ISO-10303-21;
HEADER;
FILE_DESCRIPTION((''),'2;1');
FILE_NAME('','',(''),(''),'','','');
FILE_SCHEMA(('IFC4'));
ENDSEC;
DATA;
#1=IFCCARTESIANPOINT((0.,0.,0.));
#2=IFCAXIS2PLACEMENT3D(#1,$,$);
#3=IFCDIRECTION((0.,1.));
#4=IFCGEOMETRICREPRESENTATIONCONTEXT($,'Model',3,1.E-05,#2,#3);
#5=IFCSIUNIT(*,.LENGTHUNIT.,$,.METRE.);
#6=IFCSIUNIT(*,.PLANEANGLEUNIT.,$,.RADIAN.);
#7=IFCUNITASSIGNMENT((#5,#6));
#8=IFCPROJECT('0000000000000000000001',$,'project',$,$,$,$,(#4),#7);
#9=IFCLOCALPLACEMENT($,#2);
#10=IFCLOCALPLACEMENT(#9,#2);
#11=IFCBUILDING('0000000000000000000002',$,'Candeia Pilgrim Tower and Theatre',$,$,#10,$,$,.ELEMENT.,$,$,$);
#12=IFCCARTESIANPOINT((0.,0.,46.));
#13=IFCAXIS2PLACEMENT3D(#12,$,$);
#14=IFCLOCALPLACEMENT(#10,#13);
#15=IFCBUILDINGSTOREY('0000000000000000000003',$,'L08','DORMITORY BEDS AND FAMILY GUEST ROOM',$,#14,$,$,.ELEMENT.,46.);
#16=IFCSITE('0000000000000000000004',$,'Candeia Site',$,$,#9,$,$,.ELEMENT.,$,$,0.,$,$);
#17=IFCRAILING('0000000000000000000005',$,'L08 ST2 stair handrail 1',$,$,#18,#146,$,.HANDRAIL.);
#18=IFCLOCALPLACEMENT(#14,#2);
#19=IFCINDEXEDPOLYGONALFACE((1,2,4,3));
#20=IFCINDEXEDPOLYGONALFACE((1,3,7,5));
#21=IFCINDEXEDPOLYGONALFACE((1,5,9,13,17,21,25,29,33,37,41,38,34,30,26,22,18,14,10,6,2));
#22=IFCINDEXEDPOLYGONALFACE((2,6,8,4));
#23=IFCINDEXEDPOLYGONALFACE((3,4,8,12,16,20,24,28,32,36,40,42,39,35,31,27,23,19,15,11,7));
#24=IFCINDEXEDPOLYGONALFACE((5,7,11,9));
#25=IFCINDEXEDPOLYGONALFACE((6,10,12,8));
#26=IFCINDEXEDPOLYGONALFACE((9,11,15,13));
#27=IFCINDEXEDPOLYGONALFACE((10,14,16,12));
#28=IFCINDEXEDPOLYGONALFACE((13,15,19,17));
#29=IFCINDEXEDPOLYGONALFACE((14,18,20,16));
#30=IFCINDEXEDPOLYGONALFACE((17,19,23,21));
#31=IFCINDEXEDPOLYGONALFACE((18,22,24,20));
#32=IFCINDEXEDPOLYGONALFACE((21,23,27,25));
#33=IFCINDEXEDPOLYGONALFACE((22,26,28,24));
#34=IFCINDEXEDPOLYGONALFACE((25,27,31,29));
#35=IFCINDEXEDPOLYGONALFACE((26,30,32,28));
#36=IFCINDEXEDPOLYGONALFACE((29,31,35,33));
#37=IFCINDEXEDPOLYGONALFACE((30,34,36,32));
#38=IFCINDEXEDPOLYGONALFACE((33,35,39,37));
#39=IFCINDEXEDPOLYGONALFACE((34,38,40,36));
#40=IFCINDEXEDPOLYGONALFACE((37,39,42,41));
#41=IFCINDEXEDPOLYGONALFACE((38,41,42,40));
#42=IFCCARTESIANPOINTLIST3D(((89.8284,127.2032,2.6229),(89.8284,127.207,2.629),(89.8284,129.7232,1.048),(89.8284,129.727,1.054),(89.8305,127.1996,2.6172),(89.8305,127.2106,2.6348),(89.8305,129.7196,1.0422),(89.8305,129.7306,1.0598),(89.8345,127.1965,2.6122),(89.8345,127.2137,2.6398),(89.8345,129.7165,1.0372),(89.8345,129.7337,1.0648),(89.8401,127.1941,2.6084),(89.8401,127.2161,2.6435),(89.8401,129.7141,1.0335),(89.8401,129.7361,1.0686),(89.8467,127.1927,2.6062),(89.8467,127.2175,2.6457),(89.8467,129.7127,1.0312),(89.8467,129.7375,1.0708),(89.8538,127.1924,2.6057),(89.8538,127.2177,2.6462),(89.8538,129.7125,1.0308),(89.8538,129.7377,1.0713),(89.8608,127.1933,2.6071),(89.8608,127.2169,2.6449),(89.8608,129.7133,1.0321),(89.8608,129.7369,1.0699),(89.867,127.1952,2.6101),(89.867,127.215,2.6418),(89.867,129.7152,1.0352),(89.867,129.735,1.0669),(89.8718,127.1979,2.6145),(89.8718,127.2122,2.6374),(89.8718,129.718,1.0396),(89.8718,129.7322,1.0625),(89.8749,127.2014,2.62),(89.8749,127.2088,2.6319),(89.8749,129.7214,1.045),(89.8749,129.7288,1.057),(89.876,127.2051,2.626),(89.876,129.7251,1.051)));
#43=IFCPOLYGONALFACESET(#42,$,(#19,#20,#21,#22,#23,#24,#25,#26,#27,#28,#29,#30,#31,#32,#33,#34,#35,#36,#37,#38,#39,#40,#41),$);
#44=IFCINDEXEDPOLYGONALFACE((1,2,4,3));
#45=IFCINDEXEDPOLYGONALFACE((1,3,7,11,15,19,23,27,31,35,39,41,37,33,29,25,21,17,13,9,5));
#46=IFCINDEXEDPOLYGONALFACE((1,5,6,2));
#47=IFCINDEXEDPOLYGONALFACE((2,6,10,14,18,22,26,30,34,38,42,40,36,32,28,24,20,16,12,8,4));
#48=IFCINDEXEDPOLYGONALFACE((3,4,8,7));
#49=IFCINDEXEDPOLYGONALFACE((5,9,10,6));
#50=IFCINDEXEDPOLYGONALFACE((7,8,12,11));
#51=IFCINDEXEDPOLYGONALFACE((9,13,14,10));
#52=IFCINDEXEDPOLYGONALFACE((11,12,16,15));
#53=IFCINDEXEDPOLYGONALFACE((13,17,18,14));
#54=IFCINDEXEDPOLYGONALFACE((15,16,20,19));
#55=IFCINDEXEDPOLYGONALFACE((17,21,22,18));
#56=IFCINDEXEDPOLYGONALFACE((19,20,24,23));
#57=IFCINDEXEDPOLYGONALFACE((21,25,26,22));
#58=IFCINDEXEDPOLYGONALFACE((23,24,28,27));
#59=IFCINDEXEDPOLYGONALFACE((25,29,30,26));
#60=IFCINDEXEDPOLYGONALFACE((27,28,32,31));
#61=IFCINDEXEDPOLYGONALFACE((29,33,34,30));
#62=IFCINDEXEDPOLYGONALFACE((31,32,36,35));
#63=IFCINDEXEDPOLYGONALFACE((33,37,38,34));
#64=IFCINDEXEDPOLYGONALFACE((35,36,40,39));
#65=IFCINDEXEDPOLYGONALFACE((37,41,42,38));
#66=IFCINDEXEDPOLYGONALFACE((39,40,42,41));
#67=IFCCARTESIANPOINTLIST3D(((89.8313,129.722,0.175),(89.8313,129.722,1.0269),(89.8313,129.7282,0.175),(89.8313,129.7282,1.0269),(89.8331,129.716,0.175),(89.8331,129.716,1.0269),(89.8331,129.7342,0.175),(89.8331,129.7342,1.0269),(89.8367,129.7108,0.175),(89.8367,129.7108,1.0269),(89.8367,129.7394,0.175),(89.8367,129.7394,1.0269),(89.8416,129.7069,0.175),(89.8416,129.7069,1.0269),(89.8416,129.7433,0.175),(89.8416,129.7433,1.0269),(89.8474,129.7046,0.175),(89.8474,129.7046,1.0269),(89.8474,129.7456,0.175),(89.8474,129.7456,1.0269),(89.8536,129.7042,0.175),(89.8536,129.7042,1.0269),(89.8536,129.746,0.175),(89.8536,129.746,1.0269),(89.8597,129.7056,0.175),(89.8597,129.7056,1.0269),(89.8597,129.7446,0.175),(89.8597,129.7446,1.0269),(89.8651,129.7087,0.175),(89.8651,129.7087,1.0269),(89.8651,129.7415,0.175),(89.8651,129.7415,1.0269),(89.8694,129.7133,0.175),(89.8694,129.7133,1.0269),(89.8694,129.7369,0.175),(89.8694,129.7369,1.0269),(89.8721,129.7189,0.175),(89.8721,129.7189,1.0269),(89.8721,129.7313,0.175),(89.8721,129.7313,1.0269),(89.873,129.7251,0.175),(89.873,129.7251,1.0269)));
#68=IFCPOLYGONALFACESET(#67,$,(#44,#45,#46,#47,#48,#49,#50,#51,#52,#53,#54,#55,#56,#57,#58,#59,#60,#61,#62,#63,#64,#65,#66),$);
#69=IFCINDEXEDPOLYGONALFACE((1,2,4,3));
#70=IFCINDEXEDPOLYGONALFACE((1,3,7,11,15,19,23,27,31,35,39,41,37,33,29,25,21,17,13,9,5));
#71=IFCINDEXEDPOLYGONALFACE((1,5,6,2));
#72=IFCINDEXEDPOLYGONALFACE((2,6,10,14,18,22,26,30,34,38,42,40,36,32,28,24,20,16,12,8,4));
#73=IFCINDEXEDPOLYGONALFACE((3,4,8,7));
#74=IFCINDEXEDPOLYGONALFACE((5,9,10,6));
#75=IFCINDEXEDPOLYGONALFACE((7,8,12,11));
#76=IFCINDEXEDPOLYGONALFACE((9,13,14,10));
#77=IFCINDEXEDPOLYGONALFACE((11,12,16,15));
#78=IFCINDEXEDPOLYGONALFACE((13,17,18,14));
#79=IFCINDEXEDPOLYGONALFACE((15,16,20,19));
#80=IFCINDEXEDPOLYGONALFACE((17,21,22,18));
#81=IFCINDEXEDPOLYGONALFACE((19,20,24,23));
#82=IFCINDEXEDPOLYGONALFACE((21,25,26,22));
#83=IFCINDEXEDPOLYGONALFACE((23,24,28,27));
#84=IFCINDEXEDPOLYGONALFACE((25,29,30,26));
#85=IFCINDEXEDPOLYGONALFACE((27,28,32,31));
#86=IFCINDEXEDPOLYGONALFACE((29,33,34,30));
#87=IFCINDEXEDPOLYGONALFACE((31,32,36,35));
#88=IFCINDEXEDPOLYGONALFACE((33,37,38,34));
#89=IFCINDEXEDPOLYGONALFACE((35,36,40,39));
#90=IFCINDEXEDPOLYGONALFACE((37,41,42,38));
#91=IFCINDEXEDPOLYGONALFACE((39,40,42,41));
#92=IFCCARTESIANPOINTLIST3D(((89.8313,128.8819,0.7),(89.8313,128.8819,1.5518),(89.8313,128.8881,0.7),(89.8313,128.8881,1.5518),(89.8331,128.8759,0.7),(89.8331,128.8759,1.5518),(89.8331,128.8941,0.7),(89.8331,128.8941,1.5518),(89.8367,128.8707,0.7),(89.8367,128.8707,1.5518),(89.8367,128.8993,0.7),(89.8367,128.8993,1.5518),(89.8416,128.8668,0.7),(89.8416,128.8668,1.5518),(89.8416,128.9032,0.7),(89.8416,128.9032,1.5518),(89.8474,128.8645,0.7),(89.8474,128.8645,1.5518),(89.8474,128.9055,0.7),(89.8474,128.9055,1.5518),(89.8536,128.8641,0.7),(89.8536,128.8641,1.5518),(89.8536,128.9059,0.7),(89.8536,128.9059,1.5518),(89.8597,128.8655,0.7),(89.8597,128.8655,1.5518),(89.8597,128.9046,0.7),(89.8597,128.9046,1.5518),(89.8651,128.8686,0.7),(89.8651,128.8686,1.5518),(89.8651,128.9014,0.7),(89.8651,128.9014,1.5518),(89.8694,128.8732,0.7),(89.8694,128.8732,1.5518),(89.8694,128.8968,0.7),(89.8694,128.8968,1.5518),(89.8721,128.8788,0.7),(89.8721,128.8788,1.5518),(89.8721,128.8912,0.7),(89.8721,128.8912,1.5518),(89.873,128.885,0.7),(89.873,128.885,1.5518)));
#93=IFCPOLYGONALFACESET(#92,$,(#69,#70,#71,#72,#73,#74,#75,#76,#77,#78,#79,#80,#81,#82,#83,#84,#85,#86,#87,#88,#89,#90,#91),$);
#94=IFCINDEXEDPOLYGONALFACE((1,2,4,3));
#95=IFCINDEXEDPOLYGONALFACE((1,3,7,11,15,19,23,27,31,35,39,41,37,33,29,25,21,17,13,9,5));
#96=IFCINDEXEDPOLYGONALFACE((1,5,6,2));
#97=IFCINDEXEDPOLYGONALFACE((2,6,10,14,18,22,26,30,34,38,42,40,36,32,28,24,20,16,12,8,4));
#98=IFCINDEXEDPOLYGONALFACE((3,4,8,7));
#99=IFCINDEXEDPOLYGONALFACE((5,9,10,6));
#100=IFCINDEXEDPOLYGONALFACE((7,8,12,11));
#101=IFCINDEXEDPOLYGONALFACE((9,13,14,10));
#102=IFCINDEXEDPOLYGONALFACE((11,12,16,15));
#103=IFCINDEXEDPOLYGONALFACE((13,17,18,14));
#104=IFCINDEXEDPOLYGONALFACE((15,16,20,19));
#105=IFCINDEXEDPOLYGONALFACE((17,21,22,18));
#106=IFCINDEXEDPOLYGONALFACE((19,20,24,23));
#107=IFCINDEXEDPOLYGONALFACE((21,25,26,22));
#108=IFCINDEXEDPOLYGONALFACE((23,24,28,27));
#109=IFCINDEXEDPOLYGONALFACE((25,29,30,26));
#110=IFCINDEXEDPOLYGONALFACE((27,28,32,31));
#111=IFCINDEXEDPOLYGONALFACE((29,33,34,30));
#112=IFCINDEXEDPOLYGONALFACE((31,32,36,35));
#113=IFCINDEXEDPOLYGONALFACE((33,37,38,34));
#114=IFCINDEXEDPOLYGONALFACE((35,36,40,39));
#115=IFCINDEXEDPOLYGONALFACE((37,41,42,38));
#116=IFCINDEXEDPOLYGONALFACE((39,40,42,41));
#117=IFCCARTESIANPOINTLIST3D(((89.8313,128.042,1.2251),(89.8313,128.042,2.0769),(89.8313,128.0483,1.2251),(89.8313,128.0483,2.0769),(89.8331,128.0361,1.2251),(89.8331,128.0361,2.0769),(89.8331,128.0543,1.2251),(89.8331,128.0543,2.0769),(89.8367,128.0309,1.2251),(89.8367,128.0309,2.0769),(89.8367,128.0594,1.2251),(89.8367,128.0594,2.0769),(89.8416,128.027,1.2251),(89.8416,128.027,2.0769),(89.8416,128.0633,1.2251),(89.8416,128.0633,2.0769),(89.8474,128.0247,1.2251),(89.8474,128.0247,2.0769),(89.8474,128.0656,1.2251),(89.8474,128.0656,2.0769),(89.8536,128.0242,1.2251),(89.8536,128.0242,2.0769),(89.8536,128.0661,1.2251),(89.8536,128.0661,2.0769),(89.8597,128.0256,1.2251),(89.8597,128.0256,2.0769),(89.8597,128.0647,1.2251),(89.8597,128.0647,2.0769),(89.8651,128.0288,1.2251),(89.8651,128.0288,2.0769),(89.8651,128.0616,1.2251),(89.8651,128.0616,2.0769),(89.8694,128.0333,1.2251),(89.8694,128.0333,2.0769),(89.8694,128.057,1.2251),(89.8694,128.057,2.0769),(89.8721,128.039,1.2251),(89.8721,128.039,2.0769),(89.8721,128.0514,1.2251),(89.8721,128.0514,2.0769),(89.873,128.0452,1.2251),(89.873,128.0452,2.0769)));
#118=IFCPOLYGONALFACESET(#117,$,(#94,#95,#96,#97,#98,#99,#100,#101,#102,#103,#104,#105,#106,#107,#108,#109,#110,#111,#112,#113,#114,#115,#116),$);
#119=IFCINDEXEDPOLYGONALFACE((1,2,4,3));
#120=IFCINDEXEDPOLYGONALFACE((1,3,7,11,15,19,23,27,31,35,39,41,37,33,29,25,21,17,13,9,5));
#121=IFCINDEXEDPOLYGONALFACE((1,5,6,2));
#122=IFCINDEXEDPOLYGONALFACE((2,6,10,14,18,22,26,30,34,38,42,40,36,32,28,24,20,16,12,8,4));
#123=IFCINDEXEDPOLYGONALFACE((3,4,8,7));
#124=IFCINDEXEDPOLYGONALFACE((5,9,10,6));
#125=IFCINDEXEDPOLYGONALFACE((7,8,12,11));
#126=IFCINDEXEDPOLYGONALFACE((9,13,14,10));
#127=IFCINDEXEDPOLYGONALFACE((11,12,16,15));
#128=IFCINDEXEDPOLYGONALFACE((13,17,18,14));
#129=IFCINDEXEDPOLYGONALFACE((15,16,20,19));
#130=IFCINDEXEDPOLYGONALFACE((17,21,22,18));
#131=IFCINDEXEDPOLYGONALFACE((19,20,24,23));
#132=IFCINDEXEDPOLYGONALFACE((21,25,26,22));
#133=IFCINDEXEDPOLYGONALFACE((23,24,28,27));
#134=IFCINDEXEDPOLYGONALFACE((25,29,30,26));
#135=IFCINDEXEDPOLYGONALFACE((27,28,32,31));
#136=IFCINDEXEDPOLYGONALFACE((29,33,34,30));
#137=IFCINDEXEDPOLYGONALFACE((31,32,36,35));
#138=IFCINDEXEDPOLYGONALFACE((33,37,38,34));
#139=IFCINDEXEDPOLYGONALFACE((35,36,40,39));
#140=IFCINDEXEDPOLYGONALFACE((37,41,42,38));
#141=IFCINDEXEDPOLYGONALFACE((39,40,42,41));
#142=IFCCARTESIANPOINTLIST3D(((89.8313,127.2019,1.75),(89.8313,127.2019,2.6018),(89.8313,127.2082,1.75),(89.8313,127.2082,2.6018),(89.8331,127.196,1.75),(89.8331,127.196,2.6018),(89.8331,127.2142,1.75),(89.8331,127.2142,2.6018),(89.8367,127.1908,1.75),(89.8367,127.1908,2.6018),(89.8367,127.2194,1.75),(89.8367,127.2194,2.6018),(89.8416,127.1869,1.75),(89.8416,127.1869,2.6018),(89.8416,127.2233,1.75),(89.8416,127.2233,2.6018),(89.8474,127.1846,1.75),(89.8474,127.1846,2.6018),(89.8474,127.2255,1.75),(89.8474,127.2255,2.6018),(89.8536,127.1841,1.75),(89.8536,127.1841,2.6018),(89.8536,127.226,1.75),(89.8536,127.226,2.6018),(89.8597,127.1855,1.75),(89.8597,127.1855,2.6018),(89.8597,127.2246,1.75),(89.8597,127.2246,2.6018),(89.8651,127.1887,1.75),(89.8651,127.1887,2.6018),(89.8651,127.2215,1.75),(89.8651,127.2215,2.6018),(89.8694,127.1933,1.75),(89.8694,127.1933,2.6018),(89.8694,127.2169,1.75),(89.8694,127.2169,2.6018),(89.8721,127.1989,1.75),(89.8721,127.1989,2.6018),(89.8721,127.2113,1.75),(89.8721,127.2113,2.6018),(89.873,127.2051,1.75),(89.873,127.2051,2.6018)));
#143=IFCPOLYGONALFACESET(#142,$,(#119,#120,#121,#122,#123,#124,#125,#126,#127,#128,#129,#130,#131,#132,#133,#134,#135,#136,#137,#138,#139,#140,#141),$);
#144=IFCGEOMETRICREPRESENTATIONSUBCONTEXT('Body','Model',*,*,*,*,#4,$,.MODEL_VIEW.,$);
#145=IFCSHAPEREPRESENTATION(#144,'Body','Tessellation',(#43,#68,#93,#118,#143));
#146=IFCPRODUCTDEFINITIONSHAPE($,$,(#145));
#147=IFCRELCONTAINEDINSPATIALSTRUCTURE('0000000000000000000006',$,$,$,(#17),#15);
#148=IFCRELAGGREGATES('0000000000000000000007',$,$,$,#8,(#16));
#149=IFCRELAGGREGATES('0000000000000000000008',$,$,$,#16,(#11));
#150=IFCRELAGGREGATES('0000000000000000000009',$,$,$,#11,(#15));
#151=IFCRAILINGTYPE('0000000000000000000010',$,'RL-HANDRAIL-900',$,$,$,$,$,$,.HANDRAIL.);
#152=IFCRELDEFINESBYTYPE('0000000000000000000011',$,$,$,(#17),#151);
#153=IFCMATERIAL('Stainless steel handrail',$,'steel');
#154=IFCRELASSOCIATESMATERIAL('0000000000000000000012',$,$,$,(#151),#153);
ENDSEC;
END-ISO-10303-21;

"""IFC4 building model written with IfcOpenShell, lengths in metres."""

from ifc_helpers import new_model, si_unit, direction, frame, origin, origin_2d, place, context, subcontext, project, spatial, circle, extrude, material, type_object, element, save


model = new_model("IFC4")

# Units and contexts
model_context = context("Model", 3, precision=1e-05, world=origin(), true_north=direction((0.0, 1.0)))
body_context = subcontext(model_context, "Body", "Model", "MODEL_VIEW")
ifc_project = project(units=[si_unit("LENGTHUNIT", "METRE"), si_unit("PLANEANGLEUNIT", "RADIAN")], contexts=[model_context])

# Site, building, storey
site_placement = place(None, origin())
site = spatial("IfcSite", under=ifc_project, at=site_placement, Name="Candeia Site", CompositionType="ELEMENT", RefElevation=0.0)
building_placement = place(site_placement, origin())
building = spatial("IfcBuilding", under=site, at=building_placement, Name="Candeia Pilgrim Tower and Theatre", CompositionType="ELEMENT")
storey_placement = place(building_placement, frame((0.0, 0.0, 46.0)))
storey = spatial("IfcBuildingStorey", under=building, at=storey_placement, Name="L08", Description="DORMITORY BEDS AND FAMILY GUEST ROOM", CompositionType="ELEMENT", Elevation=46.0)

# Railing
ifc_material_1 = material(Name="Stainless steel handrail", Category="steel")
railing_type_1 = type_object("IfcRailingType", Name="RL-HANDRAIL-900", PredefinedType="HANDRAIL", material=ifc_material_1)
railing_1_placement = place(storey_placement, frame((89.8521, 129.7251, 0.175)))
element("IfcRailing", 1, at=railing_1_placement, inside=storey, type_object=railing_type_1, Name="L08 ST2 stair handrail 1", PredefinedType="HANDRAIL", context=body_context, shape_type="SweptSolid", body=[
    extrude(circle(Radius=0.0239, at=origin_2d()), frame((0.0, 0.0, 0.876), z_axis=(0.0, -0.848008, 0.529984), x_axis=(1.0, 0.0, 0.0)), (0.0, 0.0, 1.0), 2.9717),
    extrude(circle(Radius=0.021, at=origin_2d()), origin(), (0.0, 0.0, 1.0), 0.8518),
    extrude(circle(Radius=0.021, at=origin_2d()), frame((0.0, -0.8401, 0.5249)), (0.0, 0.0, 1.0), 0.8518),
    extrude(circle(Radius=0.021, at=origin_2d()), frame((0.0, -1.6799, 1.05)), (0.0, 0.0, 1.0), 0.8518),
    extrude(circle(Radius=0.021, at=origin_2d()), frame((0.0, -2.52, 1.575)), (0.0, 0.0, 1.0), 0.8518),
])

save(model, "model.ifc")
